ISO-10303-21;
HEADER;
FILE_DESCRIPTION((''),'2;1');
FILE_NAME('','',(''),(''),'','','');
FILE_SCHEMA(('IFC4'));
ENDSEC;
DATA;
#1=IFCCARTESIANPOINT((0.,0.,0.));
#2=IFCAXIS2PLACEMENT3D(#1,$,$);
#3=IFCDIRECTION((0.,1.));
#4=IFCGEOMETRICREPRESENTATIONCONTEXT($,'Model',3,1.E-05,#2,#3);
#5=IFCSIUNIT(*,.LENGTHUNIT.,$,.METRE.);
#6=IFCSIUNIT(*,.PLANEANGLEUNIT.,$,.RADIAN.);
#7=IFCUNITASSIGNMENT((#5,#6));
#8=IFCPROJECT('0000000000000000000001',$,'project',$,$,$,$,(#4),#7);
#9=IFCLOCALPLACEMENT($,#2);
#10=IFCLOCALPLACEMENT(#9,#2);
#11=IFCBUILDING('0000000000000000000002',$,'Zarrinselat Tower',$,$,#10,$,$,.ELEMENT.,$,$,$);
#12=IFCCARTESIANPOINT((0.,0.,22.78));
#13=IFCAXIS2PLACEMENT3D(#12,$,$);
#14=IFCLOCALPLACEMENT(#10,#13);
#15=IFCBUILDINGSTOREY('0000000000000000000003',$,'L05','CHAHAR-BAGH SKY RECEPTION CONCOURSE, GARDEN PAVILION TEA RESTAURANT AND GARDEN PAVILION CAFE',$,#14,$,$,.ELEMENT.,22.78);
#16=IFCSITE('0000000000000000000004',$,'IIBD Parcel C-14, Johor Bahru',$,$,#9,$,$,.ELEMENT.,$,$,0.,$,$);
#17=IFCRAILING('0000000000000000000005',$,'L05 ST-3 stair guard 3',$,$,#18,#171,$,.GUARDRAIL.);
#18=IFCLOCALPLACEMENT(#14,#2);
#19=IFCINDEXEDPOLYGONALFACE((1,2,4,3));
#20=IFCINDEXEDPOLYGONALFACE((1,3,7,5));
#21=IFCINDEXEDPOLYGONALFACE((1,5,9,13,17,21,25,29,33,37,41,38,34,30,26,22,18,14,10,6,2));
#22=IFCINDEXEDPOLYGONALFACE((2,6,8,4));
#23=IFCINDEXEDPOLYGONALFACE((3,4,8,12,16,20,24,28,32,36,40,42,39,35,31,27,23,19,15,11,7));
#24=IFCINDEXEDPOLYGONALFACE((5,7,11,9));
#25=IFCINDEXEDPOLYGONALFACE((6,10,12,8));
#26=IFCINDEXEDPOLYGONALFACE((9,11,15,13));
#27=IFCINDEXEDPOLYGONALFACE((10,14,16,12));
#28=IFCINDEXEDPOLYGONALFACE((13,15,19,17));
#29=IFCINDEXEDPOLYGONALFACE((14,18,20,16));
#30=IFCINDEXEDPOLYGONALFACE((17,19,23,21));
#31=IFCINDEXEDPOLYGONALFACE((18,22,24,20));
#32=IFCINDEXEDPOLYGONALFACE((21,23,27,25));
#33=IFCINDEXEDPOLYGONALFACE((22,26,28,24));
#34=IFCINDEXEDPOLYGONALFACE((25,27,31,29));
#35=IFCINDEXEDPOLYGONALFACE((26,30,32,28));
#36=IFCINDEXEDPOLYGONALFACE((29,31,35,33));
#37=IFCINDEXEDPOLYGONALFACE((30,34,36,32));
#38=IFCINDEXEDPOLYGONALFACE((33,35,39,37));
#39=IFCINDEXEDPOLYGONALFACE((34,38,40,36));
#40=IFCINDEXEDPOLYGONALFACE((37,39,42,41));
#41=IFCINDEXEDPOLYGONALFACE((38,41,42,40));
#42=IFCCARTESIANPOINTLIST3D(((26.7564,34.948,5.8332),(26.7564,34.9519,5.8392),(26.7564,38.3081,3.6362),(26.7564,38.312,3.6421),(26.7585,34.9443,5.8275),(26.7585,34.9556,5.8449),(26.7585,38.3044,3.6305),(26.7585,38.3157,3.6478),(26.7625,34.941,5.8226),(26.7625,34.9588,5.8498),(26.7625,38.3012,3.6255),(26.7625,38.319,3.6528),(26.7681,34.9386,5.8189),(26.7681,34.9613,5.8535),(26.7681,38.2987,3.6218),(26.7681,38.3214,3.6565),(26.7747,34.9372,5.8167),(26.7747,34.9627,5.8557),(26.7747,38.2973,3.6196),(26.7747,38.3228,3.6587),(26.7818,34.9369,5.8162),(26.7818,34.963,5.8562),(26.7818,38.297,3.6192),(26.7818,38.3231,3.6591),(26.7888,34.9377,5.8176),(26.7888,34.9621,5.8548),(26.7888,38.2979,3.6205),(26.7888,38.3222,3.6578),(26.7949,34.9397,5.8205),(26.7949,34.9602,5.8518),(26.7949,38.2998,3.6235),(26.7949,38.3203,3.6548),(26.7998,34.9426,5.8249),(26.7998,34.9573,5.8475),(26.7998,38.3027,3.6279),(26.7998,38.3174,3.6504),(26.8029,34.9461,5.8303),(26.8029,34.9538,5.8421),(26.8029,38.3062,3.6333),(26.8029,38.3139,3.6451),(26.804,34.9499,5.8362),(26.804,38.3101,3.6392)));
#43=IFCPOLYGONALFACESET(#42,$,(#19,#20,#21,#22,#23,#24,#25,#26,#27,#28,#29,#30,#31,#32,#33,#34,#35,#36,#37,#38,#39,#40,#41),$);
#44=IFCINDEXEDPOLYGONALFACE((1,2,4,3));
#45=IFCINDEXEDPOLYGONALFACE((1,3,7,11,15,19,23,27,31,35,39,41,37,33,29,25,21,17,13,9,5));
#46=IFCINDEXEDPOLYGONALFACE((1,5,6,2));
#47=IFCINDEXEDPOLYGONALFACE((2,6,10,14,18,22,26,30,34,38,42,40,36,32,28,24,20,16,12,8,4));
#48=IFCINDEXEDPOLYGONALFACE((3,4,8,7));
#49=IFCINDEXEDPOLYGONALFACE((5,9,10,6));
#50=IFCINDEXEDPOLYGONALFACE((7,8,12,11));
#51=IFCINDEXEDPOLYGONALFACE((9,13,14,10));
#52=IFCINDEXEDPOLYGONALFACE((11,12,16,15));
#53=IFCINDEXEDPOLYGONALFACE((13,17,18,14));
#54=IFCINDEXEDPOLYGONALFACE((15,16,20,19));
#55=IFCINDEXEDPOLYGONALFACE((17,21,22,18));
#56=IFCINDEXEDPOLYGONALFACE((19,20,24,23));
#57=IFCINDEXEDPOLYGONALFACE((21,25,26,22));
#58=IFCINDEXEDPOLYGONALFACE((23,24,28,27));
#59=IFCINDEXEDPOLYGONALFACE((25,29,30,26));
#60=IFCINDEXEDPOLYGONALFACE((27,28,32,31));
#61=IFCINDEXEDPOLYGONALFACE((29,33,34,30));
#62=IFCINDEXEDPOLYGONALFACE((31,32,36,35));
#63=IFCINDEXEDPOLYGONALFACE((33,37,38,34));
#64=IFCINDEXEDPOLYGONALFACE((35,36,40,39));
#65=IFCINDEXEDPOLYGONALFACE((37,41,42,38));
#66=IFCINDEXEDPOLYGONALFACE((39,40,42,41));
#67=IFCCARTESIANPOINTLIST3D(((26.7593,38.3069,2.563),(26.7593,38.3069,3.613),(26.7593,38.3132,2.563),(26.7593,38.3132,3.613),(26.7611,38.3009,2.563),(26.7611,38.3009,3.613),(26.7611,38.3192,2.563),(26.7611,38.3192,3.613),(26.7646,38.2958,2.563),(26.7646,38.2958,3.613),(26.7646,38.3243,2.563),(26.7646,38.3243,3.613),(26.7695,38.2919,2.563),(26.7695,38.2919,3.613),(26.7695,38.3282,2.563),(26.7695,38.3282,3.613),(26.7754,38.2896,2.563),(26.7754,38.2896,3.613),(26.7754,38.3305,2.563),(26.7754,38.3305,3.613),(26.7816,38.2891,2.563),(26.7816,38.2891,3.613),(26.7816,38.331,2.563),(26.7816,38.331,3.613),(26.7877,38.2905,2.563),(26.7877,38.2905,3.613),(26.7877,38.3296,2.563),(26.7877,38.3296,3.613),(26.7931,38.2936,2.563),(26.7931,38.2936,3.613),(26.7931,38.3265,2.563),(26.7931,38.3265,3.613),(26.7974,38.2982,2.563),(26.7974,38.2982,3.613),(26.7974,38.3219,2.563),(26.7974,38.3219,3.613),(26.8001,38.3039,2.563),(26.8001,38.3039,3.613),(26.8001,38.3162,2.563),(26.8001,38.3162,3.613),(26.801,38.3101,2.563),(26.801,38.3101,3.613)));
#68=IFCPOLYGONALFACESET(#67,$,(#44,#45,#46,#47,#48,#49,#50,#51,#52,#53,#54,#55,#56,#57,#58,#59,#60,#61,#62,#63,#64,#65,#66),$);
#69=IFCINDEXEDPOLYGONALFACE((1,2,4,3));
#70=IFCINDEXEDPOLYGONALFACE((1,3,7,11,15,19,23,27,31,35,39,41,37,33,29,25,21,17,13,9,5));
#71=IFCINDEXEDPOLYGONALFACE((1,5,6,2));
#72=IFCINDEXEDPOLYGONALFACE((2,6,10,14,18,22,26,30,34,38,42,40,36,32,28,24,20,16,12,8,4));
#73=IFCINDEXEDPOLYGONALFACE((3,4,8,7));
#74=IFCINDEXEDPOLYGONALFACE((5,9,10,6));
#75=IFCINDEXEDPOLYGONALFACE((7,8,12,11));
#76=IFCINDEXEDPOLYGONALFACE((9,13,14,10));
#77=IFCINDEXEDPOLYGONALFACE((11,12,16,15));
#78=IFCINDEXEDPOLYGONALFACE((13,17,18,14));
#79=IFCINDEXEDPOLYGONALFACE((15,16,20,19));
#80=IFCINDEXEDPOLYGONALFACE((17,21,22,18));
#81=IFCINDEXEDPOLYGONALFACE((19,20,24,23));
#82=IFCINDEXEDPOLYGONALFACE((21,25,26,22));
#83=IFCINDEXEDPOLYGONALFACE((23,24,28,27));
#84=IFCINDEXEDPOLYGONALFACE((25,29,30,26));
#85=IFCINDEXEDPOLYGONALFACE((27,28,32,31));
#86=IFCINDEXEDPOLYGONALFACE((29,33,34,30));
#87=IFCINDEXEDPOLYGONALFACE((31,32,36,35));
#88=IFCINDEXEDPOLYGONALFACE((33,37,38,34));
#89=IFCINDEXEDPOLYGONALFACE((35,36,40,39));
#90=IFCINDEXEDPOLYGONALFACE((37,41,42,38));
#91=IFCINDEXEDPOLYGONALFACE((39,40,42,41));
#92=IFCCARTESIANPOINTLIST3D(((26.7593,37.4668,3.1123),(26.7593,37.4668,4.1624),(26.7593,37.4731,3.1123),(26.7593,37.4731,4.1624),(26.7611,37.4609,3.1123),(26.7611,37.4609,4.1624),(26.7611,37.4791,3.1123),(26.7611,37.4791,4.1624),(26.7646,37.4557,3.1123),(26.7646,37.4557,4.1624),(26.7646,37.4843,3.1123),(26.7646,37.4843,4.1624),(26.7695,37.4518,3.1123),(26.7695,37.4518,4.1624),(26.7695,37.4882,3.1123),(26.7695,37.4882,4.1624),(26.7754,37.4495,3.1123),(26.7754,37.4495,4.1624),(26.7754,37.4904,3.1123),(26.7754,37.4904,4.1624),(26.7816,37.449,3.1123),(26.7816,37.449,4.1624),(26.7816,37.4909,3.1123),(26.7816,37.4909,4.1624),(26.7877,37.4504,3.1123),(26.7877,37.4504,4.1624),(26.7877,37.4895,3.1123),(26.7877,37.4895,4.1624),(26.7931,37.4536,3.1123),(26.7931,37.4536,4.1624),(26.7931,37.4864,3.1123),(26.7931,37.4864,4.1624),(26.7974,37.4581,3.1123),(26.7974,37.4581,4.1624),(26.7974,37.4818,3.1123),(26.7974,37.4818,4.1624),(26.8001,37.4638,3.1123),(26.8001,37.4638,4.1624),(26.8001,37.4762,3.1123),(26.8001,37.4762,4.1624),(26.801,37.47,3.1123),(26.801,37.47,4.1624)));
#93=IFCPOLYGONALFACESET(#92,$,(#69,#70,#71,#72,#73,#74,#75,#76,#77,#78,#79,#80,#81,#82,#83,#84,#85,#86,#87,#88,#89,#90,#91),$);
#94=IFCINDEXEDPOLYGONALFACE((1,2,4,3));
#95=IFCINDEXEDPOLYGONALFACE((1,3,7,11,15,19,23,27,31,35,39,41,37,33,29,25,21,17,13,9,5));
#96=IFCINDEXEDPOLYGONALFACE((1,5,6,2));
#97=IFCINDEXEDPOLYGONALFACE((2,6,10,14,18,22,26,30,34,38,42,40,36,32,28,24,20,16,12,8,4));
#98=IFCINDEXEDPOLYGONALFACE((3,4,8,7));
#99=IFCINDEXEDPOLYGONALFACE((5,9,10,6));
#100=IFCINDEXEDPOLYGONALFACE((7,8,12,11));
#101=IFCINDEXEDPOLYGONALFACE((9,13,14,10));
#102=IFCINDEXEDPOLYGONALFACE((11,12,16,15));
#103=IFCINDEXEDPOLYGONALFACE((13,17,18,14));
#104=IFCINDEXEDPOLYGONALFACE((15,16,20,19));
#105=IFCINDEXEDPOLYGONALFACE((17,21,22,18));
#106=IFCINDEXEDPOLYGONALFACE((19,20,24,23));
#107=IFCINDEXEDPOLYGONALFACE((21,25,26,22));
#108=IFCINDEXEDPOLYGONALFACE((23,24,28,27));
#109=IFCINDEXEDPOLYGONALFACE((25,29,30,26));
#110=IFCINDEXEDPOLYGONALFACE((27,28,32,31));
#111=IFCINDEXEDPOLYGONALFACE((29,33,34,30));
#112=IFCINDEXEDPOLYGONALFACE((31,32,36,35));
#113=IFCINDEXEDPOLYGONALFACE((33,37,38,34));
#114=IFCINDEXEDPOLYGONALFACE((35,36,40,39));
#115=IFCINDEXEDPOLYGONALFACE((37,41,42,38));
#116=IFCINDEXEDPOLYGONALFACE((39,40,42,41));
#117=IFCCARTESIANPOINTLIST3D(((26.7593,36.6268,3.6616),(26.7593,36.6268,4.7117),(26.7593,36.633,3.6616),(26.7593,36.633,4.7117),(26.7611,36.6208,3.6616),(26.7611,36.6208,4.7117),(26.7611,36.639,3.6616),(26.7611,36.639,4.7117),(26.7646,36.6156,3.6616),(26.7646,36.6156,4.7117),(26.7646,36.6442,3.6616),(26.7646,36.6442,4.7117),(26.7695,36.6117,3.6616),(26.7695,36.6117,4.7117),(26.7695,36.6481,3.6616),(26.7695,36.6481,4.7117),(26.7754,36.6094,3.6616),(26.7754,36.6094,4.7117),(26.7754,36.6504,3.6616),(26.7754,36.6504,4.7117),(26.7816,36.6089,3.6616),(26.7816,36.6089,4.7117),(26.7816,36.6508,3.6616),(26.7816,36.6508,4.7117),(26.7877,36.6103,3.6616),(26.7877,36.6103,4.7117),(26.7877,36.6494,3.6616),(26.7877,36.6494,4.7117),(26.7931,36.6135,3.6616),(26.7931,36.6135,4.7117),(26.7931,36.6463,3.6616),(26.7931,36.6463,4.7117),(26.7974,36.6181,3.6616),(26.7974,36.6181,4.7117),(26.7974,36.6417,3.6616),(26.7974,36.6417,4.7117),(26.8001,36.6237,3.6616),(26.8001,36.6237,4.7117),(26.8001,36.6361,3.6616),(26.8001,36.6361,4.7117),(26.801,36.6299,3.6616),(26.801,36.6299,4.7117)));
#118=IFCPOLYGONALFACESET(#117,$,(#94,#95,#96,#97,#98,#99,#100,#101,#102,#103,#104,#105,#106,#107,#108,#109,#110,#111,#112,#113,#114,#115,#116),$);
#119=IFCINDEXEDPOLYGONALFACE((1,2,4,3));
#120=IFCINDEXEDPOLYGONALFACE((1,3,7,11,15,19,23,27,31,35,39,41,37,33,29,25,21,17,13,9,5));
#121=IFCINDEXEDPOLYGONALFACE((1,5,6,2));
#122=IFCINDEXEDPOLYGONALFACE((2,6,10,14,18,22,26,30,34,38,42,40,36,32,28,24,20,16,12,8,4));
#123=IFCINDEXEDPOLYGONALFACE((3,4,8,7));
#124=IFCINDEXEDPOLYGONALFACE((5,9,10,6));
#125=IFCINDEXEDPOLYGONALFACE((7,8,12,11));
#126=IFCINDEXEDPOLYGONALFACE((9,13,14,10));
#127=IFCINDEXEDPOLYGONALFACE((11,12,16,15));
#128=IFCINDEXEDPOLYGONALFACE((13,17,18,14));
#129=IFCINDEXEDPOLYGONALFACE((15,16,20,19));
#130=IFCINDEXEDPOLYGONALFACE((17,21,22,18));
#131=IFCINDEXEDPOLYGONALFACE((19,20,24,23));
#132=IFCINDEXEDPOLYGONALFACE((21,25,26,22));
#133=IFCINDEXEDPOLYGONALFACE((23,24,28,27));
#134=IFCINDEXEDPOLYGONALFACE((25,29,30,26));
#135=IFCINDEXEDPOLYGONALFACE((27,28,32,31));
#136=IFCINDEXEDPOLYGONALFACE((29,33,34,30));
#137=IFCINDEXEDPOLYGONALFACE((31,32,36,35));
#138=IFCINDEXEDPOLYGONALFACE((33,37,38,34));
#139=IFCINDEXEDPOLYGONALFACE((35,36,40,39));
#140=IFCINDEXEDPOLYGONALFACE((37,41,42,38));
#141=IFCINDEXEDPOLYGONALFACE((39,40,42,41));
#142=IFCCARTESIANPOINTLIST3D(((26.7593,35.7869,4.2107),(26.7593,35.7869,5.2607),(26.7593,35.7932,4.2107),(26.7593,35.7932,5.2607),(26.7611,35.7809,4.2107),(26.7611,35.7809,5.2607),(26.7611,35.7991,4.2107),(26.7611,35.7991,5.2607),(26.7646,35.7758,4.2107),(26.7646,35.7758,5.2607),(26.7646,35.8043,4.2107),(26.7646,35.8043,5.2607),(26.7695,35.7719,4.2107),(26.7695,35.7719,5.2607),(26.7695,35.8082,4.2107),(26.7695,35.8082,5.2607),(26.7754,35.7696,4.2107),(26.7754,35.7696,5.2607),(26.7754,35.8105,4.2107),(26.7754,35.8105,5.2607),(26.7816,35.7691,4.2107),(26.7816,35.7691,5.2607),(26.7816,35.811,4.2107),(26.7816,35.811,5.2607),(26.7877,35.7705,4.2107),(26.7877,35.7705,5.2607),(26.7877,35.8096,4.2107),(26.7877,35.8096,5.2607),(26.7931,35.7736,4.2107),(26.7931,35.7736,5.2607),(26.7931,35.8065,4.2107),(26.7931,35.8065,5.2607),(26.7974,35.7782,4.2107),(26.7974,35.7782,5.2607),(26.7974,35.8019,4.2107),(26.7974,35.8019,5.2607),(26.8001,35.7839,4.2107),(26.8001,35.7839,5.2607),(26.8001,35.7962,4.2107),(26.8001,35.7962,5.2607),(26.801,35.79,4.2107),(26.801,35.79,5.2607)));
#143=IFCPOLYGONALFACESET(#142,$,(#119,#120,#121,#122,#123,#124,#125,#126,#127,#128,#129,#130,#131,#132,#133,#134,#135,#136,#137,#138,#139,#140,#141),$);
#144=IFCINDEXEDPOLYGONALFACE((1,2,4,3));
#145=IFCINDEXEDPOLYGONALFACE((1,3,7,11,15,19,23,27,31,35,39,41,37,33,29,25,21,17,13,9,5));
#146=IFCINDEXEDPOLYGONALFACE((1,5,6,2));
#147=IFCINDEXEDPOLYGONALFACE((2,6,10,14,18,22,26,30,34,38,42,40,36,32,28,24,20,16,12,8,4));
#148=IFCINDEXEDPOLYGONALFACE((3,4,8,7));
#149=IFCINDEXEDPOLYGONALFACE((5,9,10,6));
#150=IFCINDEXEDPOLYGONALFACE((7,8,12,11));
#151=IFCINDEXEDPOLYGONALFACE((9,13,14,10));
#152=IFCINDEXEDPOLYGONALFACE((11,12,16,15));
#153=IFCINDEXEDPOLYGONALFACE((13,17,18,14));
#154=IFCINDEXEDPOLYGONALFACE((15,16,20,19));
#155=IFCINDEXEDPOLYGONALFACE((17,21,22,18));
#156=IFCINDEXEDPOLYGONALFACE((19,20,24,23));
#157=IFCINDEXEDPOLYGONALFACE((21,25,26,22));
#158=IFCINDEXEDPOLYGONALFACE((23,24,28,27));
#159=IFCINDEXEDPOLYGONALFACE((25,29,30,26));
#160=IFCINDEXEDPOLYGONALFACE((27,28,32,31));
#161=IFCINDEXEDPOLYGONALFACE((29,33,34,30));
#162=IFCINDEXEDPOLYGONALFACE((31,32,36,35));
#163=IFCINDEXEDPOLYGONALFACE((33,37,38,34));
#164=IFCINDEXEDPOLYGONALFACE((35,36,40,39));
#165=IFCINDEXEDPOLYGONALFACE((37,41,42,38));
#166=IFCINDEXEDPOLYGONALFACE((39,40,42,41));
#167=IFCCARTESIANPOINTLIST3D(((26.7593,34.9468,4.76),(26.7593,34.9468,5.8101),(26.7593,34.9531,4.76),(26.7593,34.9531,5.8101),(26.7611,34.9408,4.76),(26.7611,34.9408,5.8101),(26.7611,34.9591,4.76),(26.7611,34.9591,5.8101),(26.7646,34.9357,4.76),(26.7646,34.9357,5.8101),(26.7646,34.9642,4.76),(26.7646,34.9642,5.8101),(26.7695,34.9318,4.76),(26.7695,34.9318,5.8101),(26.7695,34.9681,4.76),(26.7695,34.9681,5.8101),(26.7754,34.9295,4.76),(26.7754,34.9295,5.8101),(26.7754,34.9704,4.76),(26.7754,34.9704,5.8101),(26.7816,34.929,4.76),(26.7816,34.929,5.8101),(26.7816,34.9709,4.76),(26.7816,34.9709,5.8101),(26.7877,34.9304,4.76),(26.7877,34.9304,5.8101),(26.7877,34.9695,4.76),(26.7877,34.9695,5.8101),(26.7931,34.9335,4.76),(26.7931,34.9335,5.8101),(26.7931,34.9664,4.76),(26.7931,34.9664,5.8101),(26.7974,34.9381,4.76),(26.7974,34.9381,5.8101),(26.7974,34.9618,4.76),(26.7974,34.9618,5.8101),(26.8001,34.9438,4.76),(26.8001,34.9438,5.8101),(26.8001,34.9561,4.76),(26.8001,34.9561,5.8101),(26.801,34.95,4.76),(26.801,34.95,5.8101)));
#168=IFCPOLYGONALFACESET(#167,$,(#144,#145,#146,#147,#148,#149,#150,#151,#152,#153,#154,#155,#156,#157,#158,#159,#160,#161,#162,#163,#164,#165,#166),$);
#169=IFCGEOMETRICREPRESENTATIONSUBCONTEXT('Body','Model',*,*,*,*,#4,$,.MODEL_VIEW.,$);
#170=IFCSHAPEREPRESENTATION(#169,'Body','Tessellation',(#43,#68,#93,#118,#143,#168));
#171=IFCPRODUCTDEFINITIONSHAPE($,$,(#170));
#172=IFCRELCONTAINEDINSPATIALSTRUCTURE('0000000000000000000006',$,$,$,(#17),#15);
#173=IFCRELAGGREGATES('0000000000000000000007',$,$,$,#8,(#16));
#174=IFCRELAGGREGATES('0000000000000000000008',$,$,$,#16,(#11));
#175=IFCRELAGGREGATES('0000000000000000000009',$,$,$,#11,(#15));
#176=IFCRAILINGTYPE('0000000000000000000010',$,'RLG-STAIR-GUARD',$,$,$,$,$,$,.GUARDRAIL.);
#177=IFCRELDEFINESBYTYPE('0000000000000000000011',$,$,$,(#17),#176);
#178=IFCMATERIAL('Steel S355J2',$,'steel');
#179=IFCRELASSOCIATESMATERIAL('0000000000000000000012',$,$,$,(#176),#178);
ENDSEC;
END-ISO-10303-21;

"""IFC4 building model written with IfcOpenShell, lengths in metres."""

from ifc_helpers import new_model, si_unit, direction, frame, origin, origin_2d, place, context, subcontext, project, spatial, circle, extrude, material, type_object, element, save


model = new_model("IFC4")

# Units and contexts
model_context = context("Model", 3, precision=1e-05, world=origin(), true_north=direction((0.0, 1.0)))
body_context = subcontext(model_context, "Body", "Model", "MODEL_VIEW")
ifc_project = project(units=[si_unit("LENGTHUNIT", "METRE"), si_unit("PLANEANGLEUNIT", "RADIAN")], contexts=[model_context])

# Site, building, storey
site_placement = place(None, origin())
site = spatial("IfcSite", under=ifc_project, at=site_placement, Name="IIBD Parcel C-14, Johor Bahru", CompositionType="ELEMENT", RefElevation=0.0)
building_placement = place(site_placement, origin())
building = spatial("IfcBuilding", under=site, at=building_placement, Name="Zarrinselat Tower", CompositionType="ELEMENT")
storey_placement = place(building_placement, frame((0.0, 0.0, 22.78)))
storey = spatial("IfcBuildingStorey", under=building, at=storey_placement, Name="L05", Description="CHAHAR-BAGH SKY RECEPTION CONCOURSE, GARDEN PAVILION TEA RESTAURANT AND GARDEN PAVILION CAFE", CompositionType="ELEMENT", Elevation=22.78)

# Railing
ifc_material_1 = material(Name="Steel S355J2", Category="steel")
railing_type_1 = type_object("IfcRailingType", Name="RLG-STAIR-GUARD", PredefinedType="GUARDRAIL", material=ifc_material_1)
railing_1_placement = place(storey_placement, frame((26.78, 38.3101, 2.563)))
element("IfcRailing", 1, at=railing_1_placement, inside=storey, type_object=railing_type_1, Name="L05 ST-3 stair guard 3", PredefinedType="GUARDRAIL", context=body_context, shape_type="SweptSolid", body=[
    extrude(circle(Radius=0.0239, at=origin_2d()), frame((0.0, 0.0, 1.0762), z_axis=(0.0, -0.836966, 0.547254), x_axis=(1.0, 0.0, 0.0)), (0.0, 0.0, 1.0), 4.0146),
    extrude(circle(Radius=0.021, at=origin_2d()), origin(), (0.0, 0.0, 1.0), 1.05),
    extrude(circle(Radius=0.021, at=origin_2d()), frame((0.0, -0.8401, 0.5493)), (0.0, 0.0, 1.0), 1.05),
    extrude(circle(Radius=0.021, at=origin_2d()), frame((0.0, -1.6802, 1.0986)), (0.0, 0.0, 1.0), 1.05),
    extrude(circle(Radius=0.021, at=origin_2d()), frame((0.0, -2.52, 1.6477)), (0.0, 0.0, 1.0), 1.05),
    extrude(circle(Radius=0.021, at=origin_2d()), frame((0.0, -3.3601, 2.197)), (0.0, 0.0, 1.0), 1.05),
])

save(model, "model.ifc")
